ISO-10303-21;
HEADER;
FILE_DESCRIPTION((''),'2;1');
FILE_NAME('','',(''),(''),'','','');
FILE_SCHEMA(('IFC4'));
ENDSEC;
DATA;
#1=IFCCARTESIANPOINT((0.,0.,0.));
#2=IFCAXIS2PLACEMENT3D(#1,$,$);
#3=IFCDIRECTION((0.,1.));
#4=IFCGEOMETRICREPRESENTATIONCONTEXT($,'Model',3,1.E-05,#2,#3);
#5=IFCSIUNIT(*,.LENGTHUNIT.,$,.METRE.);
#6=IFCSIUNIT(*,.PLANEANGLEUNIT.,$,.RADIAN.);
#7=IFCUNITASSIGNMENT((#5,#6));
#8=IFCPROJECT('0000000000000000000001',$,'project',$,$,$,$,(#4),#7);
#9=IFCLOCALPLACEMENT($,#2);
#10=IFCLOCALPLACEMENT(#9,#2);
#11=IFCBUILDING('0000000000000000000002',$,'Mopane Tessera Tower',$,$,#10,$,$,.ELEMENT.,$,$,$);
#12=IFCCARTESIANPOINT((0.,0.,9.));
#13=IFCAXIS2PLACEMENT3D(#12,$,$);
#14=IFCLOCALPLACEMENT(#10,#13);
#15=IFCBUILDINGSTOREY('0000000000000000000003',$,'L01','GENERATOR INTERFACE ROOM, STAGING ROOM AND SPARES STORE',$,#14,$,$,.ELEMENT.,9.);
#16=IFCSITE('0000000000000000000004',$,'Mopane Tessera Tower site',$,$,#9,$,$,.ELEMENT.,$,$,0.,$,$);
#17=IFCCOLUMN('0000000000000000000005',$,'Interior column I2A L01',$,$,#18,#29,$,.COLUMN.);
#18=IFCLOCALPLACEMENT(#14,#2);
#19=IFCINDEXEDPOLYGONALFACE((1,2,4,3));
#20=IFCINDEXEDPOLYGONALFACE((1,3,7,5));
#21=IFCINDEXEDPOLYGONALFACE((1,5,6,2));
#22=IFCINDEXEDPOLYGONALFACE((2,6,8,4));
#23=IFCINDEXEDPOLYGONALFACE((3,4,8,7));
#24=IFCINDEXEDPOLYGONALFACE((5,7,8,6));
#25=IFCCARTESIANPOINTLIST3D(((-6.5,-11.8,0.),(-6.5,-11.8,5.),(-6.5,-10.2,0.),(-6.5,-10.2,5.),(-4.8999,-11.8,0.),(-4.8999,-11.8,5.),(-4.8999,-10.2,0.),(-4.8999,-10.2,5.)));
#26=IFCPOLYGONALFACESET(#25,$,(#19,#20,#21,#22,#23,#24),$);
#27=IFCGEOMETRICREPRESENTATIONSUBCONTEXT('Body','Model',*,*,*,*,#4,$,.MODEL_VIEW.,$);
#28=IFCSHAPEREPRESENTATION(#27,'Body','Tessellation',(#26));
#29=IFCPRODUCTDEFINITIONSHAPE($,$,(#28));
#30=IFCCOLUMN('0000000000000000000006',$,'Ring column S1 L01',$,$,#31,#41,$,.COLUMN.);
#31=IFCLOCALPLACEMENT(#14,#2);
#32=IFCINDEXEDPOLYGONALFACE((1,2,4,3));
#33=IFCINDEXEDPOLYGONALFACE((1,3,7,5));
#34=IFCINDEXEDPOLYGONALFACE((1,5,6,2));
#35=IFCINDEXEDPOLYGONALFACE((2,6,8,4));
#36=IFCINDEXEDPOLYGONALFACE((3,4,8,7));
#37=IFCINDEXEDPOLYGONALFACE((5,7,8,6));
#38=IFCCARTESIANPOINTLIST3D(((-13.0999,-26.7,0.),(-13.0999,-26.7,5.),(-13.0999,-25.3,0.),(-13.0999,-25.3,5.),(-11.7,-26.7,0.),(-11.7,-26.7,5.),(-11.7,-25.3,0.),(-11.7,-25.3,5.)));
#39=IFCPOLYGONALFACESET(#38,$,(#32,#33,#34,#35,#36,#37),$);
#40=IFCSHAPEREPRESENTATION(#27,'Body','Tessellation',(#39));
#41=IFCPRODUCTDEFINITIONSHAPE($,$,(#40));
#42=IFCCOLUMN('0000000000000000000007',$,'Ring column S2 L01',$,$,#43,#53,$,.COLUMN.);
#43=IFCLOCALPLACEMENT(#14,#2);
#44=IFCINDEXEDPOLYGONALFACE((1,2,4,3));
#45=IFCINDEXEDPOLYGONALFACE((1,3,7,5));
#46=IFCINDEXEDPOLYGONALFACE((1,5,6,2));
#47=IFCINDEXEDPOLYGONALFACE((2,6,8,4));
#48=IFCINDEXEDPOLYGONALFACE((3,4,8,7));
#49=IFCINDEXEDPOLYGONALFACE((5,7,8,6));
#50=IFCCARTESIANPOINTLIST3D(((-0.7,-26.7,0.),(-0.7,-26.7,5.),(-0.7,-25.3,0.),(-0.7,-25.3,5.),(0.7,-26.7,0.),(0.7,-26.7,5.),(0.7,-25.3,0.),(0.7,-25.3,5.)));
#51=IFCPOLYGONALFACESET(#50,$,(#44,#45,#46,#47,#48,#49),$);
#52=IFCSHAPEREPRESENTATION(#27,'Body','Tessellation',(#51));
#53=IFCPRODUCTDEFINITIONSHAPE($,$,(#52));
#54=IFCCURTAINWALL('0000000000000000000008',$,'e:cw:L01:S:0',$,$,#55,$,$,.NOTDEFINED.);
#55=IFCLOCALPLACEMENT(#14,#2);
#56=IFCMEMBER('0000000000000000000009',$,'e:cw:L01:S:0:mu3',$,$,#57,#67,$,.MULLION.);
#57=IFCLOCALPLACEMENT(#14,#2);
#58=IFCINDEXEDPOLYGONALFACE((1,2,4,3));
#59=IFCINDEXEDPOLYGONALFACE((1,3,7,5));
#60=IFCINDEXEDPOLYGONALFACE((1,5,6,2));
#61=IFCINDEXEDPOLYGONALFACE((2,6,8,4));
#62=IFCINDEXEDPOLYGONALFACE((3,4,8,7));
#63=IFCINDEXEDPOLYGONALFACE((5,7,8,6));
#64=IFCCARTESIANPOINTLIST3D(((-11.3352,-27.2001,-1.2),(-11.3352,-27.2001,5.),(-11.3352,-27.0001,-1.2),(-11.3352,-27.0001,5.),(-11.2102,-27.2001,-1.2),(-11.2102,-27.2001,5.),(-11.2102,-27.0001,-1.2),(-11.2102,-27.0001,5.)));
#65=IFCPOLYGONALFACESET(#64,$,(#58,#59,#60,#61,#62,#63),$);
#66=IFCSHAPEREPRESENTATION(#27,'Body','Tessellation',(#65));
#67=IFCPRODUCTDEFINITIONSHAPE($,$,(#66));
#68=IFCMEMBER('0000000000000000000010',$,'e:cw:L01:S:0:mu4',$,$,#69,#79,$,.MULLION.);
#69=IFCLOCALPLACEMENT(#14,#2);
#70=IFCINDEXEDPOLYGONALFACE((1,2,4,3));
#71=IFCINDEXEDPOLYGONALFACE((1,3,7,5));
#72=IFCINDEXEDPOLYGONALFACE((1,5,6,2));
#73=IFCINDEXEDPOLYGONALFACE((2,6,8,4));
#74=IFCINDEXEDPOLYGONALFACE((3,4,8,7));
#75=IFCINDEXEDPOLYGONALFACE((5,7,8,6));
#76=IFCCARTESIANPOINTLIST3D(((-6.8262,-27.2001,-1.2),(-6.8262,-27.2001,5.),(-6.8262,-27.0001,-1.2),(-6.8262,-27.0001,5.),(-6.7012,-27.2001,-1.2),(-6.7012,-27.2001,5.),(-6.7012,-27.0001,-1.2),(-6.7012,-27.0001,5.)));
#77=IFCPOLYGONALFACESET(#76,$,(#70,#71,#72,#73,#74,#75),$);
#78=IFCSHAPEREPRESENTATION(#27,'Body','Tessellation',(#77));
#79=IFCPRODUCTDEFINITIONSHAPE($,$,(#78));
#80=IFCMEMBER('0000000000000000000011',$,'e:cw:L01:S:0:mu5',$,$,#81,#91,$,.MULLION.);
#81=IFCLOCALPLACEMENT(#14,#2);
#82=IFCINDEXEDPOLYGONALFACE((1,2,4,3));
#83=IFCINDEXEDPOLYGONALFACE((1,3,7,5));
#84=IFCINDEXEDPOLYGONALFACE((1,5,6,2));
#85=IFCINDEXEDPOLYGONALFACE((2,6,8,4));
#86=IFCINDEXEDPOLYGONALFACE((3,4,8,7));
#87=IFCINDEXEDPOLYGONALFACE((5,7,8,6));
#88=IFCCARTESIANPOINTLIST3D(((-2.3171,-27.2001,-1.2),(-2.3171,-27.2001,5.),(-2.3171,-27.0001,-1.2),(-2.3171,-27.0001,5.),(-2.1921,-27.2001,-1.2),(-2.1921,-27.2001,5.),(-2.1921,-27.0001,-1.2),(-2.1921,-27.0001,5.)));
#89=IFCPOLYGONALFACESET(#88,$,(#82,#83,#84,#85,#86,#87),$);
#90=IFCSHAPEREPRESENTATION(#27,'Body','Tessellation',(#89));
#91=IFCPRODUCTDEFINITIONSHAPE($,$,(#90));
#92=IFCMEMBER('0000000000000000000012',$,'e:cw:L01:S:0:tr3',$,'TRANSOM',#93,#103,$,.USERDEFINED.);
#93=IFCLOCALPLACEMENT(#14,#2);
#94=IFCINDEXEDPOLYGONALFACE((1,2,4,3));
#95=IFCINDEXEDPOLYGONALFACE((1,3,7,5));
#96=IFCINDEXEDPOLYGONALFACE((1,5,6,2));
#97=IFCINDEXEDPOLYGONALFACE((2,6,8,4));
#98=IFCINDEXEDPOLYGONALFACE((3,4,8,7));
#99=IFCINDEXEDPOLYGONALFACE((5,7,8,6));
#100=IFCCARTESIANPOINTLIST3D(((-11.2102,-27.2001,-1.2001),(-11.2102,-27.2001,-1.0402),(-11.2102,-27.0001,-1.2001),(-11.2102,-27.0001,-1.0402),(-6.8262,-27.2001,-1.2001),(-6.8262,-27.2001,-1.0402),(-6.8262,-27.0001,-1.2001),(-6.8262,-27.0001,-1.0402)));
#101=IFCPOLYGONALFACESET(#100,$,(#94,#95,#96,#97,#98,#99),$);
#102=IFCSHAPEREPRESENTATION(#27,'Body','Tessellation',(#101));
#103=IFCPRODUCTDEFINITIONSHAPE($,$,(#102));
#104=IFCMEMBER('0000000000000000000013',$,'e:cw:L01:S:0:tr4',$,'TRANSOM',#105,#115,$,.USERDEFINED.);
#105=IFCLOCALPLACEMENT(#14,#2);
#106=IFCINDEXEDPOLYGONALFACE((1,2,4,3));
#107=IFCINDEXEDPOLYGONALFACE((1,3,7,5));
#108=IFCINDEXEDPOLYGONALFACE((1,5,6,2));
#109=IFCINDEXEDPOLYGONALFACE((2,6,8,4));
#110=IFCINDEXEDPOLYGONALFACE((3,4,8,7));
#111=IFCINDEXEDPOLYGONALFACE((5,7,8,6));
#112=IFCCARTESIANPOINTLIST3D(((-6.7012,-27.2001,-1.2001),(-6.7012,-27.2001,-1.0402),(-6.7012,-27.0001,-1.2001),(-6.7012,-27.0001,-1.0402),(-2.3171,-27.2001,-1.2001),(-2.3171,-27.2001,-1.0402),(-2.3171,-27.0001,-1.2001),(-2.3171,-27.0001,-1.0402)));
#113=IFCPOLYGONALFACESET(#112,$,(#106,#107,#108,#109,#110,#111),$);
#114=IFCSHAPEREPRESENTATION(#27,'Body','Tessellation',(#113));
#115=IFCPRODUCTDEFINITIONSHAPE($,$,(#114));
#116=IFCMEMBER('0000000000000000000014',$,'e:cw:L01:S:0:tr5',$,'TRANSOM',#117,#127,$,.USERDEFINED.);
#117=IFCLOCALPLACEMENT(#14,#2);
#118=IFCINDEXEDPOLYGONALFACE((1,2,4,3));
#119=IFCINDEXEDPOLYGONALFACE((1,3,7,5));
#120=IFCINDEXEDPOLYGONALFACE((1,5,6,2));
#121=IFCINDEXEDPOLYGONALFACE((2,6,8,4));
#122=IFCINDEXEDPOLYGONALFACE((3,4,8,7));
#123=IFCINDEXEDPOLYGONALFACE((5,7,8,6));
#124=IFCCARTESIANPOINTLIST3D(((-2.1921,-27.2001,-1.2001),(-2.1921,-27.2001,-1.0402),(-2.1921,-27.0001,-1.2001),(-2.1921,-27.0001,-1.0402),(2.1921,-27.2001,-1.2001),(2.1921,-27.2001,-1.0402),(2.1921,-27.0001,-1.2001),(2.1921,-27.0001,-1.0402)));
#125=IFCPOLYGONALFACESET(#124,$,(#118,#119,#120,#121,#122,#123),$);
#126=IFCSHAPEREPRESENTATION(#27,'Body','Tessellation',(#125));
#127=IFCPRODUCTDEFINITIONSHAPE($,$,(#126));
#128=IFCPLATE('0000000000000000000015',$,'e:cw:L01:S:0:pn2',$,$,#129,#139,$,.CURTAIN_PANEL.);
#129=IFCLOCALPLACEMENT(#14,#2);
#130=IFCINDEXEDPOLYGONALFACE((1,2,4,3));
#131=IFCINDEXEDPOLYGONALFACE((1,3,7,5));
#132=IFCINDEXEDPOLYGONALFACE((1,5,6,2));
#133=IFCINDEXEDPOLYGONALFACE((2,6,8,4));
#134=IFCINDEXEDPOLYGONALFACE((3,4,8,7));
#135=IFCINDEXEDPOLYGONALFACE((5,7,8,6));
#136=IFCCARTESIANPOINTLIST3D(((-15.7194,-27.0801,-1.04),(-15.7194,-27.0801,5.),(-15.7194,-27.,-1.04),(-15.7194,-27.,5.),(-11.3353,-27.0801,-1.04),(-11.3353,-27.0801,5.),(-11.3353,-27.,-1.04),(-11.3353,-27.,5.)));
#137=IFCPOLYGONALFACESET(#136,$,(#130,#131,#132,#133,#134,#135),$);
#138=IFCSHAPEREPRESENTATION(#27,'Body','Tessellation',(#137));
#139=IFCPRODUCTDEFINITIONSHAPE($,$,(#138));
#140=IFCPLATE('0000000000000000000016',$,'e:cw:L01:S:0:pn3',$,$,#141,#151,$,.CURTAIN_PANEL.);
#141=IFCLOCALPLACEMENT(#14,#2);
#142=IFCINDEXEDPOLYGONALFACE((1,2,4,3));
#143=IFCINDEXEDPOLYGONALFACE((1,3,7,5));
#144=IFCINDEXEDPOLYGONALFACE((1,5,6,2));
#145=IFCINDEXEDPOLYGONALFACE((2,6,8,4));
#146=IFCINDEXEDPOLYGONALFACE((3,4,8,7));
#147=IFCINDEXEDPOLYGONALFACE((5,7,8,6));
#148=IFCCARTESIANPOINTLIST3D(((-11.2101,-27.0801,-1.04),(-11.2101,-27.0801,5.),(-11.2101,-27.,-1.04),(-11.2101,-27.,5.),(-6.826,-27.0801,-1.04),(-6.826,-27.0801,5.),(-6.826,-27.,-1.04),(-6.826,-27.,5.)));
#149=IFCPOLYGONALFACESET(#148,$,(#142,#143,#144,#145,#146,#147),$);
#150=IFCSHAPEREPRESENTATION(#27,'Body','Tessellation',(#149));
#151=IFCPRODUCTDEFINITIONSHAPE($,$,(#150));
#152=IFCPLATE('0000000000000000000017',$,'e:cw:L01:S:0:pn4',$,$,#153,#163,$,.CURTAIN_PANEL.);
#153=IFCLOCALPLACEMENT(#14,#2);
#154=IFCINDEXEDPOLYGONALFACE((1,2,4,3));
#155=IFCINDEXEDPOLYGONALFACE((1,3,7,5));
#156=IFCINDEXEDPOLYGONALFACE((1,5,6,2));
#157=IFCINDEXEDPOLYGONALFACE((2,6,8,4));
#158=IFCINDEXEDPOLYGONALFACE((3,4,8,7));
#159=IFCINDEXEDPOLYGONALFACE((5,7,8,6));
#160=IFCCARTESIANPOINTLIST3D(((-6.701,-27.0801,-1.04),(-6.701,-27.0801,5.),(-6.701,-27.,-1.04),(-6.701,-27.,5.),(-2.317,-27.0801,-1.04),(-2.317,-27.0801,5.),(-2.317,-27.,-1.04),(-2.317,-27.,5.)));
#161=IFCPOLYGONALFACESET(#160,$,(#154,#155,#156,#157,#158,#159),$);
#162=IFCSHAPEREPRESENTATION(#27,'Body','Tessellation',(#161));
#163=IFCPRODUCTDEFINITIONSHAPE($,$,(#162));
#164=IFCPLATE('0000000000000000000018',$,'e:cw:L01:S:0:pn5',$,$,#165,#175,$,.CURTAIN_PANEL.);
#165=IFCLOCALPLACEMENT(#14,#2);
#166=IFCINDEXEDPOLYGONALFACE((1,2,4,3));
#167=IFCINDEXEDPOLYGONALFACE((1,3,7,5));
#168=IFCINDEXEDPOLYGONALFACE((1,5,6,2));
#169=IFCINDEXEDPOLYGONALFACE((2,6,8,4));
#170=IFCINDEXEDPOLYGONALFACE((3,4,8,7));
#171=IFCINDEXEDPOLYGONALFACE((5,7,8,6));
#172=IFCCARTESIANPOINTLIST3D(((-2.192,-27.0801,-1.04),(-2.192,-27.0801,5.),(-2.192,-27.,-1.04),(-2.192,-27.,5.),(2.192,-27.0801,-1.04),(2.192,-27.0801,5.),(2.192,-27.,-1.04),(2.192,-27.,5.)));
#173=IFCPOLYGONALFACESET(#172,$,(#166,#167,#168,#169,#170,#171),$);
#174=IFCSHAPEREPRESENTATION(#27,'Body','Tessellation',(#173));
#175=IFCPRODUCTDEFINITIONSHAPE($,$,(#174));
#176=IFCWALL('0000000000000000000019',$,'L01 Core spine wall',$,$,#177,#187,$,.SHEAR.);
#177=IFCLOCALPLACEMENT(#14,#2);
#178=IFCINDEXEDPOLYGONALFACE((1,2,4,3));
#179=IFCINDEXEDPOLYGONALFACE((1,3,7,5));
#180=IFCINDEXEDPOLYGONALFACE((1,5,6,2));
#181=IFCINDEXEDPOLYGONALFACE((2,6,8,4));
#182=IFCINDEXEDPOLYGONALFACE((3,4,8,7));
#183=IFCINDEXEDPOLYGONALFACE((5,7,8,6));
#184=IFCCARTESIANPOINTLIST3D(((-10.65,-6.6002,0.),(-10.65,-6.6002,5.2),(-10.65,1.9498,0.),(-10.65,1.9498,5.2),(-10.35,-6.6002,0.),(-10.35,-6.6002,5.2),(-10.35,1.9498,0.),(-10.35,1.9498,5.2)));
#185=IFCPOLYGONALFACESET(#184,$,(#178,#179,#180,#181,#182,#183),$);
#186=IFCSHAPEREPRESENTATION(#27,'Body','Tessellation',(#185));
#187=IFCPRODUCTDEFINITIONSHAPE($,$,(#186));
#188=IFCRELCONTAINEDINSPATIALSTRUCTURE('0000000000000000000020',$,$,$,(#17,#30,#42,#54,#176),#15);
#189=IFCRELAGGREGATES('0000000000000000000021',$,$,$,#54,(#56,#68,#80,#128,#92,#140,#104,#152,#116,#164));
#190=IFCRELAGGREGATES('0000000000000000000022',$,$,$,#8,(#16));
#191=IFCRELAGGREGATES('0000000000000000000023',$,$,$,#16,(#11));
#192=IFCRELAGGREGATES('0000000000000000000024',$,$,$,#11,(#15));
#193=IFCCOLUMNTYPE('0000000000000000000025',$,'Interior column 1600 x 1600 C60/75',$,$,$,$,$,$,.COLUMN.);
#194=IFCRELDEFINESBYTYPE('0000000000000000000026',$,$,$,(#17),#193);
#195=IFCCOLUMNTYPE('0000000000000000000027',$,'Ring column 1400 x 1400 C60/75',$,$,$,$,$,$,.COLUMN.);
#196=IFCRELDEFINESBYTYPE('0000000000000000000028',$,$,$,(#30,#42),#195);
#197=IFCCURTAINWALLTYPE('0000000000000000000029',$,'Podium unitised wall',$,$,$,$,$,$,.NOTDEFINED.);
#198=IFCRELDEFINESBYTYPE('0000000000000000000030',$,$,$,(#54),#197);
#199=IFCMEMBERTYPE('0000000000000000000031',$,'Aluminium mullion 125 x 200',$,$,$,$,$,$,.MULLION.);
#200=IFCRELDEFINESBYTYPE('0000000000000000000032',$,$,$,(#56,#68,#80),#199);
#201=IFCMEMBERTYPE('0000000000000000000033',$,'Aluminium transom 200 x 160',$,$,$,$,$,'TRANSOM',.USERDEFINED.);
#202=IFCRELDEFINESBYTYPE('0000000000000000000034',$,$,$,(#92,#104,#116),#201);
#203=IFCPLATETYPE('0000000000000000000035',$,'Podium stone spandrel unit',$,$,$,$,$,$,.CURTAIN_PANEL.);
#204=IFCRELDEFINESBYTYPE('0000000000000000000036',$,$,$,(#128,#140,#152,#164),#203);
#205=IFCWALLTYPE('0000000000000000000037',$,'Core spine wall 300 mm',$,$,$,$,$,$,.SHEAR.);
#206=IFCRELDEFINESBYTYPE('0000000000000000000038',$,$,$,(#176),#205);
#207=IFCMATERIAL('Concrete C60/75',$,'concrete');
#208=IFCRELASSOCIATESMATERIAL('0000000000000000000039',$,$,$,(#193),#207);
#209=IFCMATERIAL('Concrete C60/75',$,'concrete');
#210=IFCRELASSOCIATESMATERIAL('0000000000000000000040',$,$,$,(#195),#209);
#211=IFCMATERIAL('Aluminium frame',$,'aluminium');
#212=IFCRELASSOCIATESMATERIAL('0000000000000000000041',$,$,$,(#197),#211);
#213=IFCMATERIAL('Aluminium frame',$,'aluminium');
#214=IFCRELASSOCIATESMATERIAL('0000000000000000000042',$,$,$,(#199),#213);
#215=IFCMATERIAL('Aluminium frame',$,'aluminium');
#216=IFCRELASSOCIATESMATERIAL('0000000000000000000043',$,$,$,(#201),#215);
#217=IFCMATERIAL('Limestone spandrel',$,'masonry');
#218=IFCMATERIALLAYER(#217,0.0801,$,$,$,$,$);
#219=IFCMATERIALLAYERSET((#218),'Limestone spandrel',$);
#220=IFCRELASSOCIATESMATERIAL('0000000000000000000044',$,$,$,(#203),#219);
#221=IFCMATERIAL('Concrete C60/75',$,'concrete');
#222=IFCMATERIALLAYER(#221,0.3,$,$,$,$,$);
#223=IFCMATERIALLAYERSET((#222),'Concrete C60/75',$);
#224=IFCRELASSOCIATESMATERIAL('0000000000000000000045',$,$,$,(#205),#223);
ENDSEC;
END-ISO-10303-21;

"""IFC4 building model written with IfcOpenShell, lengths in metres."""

from ifc_helpers import new_model, si_unit, direction, frame, frame_2d, origin, origin_2d, place, context, subcontext, project, spatial, rectangle, extrude, material, layer, layer_set, material_profile, profile_set, type_object, element, aggregate, save


model = new_model("IFC4")

# Units and contexts
model_context = context("Model", 3, precision=1e-05, world=origin(), true_north=direction((0.0, 1.0)))
body_context = subcontext(model_context, "Body", "Model", "MODEL_VIEW")
ifc_project = project(units=[si_unit("LENGTHUNIT", "METRE"), si_unit("PLANEANGLEUNIT", "RADIAN")], contexts=[model_context])

# Site, building, storey
site_placement = place(None, origin())
site = spatial("IfcSite", under=ifc_project, at=site_placement, Name="Mopane Tessera Tower site", CompositionType="ELEMENT", RefElevation=0.0)
building_placement = place(site_placement, origin())
building = spatial("IfcBuilding", under=site, at=building_placement, Name="Mopane Tessera Tower", CompositionType="ELEMENT")
storey_placement = place(building_placement, frame((0.0, 0.0, 9.0)))
storey = spatial("IfcBuildingStorey", under=building, at=storey_placement, Name="L01", Description="GENERATOR INTERFACE ROOM, STAGING ROOM AND SPARES STORE", CompositionType="ELEMENT", Elevation=9.0)

# Columns
ifc_material_1 = material(Name="Concrete C60/75", Category="concrete")
ifc_material_profile_1 = material_profile(ifc_material_1, rectangle(XDim=1.6001, YDim=1.6001, at=origin_2d()))
ifc_profile_set_1 = profile_set([ifc_material_profile_1], Name="Concrete C60/75")
column_type_1 = type_object("IfcColumnType", Name="Interior column 1600 x 1600 C60/75", PredefinedType="COLUMN", material=ifc_profile_set_1)
column_placement = place(storey_placement, frame((-5.7, -11.0, 0.0), z_axis=(0.0, 0.0, 1.0), x_axis=(1.0, 0.0, 0.0)))
element("IfcColumn", 1, at=column_placement, inside=storey, type_object=column_type_1, Name="Interior column I2A L01", PredefinedType="COLUMN", context=body_context, shape_type="SweptSolid", body=[
    extrude(rectangle(XDim=1.6001, YDim=1.6001, at=origin_2d()), origin(), (0.0, 0.0, 1.0), 5.0),
])
ifc_material_2 = material(Name="Concrete C60/75", Category="concrete")
ifc_material_profile_2 = material_profile(ifc_material_2, rectangle(XDim=1.3999, YDim=1.3999, at=origin_2d()))
ifc_profile_set_2 = profile_set([ifc_material_profile_2], Name="Concrete C60/75")
column_type_2 = type_object("IfcColumnType", Name="Ring column 1400 x 1400 C60/75", PredefinedType="COLUMN", material=ifc_profile_set_2)
for number, where, z_axis, x_axis, name in (
    (2, (-12.3999, -26.0, 0.0), (0.0, 0.0, 1.0), (1.0, 0.0, 0.0), "Ring column S1 L01"),
    (3, (0.0, -26.0, 0.0), (0.0, 0.0, 1.0), (1.0, 0.0, 0.0), "Ring column S2 L01"),
):
    element("IfcColumn", number, at=place(storey_placement, frame(where, z_axis=z_axis, x_axis=x_axis)), inside=storey, type_object=column_type_2, Name=name, PredefinedType="COLUMN", context=body_context, shape_type="SweptSolid", body=[
        extrude(rectangle(XDim=1.3999, YDim=1.3999, at=origin_2d()), origin(), (0.0, 0.0, 1.0), 5.0),
    ])

# Curtain wall, members, plates
ifc_material_3 = material(Name="Aluminium frame", Category="aluminium")
curtain_wall_type = type_object("IfcCurtainWallType", Name="Podium unitised wall", PredefinedType="NOTDEFINED", material=ifc_material_3)
curtain_wall_placement = place(storey_placement, origin())
curtain_wall = element("IfcCurtainWall", 4, at=curtain_wall_placement, inside=storey, type_object=curtain_wall_type, Name="e:cw:L01:S:0", PredefinedType="NOTDEFINED")
ifc_material_4 = material(Name="Aluminium frame", Category="aluminium")
ifc_material_profile_3 = material_profile(ifc_material_4, rectangle(XDim=0.125, YDim=0.2, at=origin_2d()))
ifc_profile_set_3 = profile_set([ifc_material_profile_3], Name="Aluminium frame")
member_type_1 = type_object("IfcMemberType", Name="Aluminium mullion 125 x 200", PredefinedType="MULLION", material=ifc_profile_set_3)
member_1_placement = place(storey_placement, frame((-11.2727, -27.1001, -1.2), z_axis=(0.0, 0.0, 1.0), x_axis=(1.0, 0.0, 0.0)))
member_1 = element("IfcMember", 5, at=member_1_placement, type_object=member_type_1, Name="e:cw:L01:S:0:mu3", PredefinedType="MULLION", context=body_context, shape_type="SweptSolid", body=[
    extrude(rectangle(XDim=0.125, YDim=0.2, at=origin_2d()), origin(), (0.0, 0.0, 1.0), 6.2),
])
member_2_placement = place(storey_placement, frame((-6.7637, -27.1001, -1.2), z_axis=(0.0, 0.0, 1.0), x_axis=(1.0, 0.0, 0.0)))
member_2 = element("IfcMember", 6, at=member_2_placement, type_object=member_type_1, Name="e:cw:L01:S:0:mu4", PredefinedType="MULLION", context=body_context, shape_type="SweptSolid", body=[
    extrude(rectangle(XDim=0.125, YDim=0.2, at=origin_2d()), origin(), (0.0, 0.0, 1.0), 6.2),
])
member_3_placement = place(storey_placement, frame((-2.2546, -27.1001, -1.2), z_axis=(0.0, 0.0, 1.0), x_axis=(1.0, 0.0, 0.0)))
member_3 = element("IfcMember", 7, at=member_3_placement, type_object=member_type_1, Name="e:cw:L01:S:0:mu5", PredefinedType="MULLION", context=body_context, shape_type="SweptSolid", body=[
    extrude(rectangle(XDim=0.125, YDim=0.2, at=origin_2d()), origin(), (0.0, 0.0, 1.0), 6.2),
])
ifc_material_5 = material(Name="Aluminium frame", Category="aluminium")
ifc_material_profile_4 = material_profile(ifc_material_5, rectangle(XDim=0.2, YDim=0.1599, at=origin_2d()))
ifc_profile_set_4 = profile_set([ifc_material_profile_4], Name="Aluminium frame")
member_type_2 = type_object("IfcMemberType", Name="Aluminium transom 200 x 160", ElementType="TRANSOM", PredefinedType="USERDEFINED", material=ifc_profile_set_4)
member_4_placement = place(storey_placement, frame((-11.2102, -27.1001, -1.1201), z_axis=(1.0, 0.0, 0.0), x_axis=(0.0, 1.0, 0.0)))
member_4 = element("IfcMember", 8, at=member_4_placement, type_object=member_type_2, Name="e:cw:L01:S:0:tr3", ObjectType="TRANSOM", PredefinedType="USERDEFINED", context=body_context, shape_type="SweptSolid", body=[
    extrude(rectangle(XDim=0.2, YDim=0.1599, at=origin_2d()), origin(), (0.0, 0.0, 1.0), 4.384),
])
member_5_placement = place(storey_placement, frame((-6.7012, -27.1001, -1.1201), z_axis=(1.0, 0.0, 0.0), x_axis=(0.0, 1.0, 0.0)))
member_5 = element("IfcMember", 9, at=member_5_placement, type_object=member_type_2, Name="e:cw:L01:S:0:tr4", ObjectType="TRANSOM", PredefinedType="USERDEFINED", context=body_context, shape_type="SweptSolid", body=[
    extrude(rectangle(XDim=0.2, YDim=0.1599, at=origin_2d()), origin(), (0.0, 0.0, 1.0), 4.384),
])
member_6_placement = place(storey_placement, frame((-2.1921, -27.1001, -1.1201), z_axis=(1.0, 0.0, 0.0), x_axis=(0.0, 1.0, 0.0)))
member_6 = element("IfcMember", 10, at=member_6_placement, type_object=member_type_2, Name="e:cw:L01:S:0:tr5", ObjectType="TRANSOM", PredefinedType="USERDEFINED", context=body_context, shape_type="SweptSolid", body=[
    extrude(rectangle(XDim=0.2, YDim=0.1599, at=origin_2d()), origin(), (0.0, 0.0, 1.0), 4.3843),
])
ifc_material_6 = material(Name="Limestone spandrel", Category="masonry")
ifc_layer_1 = layer(ifc_material_6, 0.0801)
ifc_layer_set_1 = layer_set([ifc_layer_1], Name="Limestone spandrel")
plate_type = type_object("IfcPlateType", Name="Podium stone spandrel unit", PredefinedType="CURTAIN_PANEL", material=ifc_layer_set_1)
plate_1_placement = place(storey_placement, frame((-13.5273, -27.04, -1.04), z_axis=(0.0, 0.0, 1.0), x_axis=(1.0, 0.0, 0.0)))
plate_1 = element("IfcPlate", 11, at=plate_1_placement, type_object=plate_type, Name="e:cw:L01:S:0:pn2", PredefinedType="CURTAIN_PANEL", context=body_context, shape_type="SweptSolid", body=[
    extrude(rectangle(XDim=4.384, YDim=0.0801, at=origin_2d()), origin(), (0.0, 0.0, 1.0), 6.04),
])
plate_2_placement = place(storey_placement, frame((-9.0181, -27.04, -1.04), z_axis=(0.0, 0.0, 1.0), x_axis=(1.0, 0.0, 0.0)))
plate_2 = element("IfcPlate", 12, at=plate_2_placement, type_object=plate_type, Name="e:cw:L01:S:0:pn3", PredefinedType="CURTAIN_PANEL", context=body_context, shape_type="SweptSolid", body=[
    extrude(rectangle(XDim=4.384, YDim=0.0801, at=origin_2d()), origin(), (0.0, 0.0, 1.0), 6.04),
])
plate_3_placement = place(storey_placement, frame((-4.509, -27.04, -1.04), z_axis=(0.0, 0.0, 1.0), x_axis=(1.0, 0.0, 0.0)))
plate_3 = element("IfcPlate", 13, at=plate_3_placement, type_object=plate_type, Name="e:cw:L01:S:0:pn4", PredefinedType="CURTAIN_PANEL", context=body_context, shape_type="SweptSolid", body=[
    extrude(rectangle(XDim=4.384, YDim=0.0801, at=origin_2d()), origin(), (0.0, 0.0, 1.0), 6.04),
])
plate_4_placement = place(storey_placement, frame((0.0, -27.04, -1.04), z_axis=(0.0, 0.0, 1.0), x_axis=(1.0, 0.0, 0.0)))
plate_4 = element("IfcPlate", 14, at=plate_4_placement, type_object=plate_type, Name="e:cw:L01:S:0:pn5", PredefinedType="CURTAIN_PANEL", context=body_context, shape_type="SweptSolid", body=[
    extrude(rectangle(XDim=4.384, YDim=0.0801, at=origin_2d()), origin(), (0.0, 0.0, 1.0), 6.04),
])
aggregate(curtain_wall, [member_1, member_2, member_3, plate_1, member_4, plate_2, member_5, plate_3, member_6, plate_4])

# Wall
ifc_material_7 = material(Name="Concrete C60/75", Category="concrete")
ifc_layer_2 = layer(ifc_material_7, 0.3)
ifc_layer_set_2 = layer_set([ifc_layer_2], Name="Concrete C60/75")
wall_type_1 = type_object("IfcWallType", Name="Core spine wall 300 mm", PredefinedType="SHEAR", material=ifc_layer_set_2)
wall_1_placement = place(storey_placement, frame((-10.5, -6.6001, 0.0), z_axis=(0.0, 0.0, 1.0), x_axis=(0.0, 1.0, 0.0)))
element("IfcWall", 15, at=wall_1_placement, inside=storey, type_object=wall_type_1, Name="L01 Core spine wall", PredefinedType="SHEAR", context=body_context, shape_type="SweptSolid", body=[
    extrude(rectangle(XDim=8.55, YDim=0.3, at=frame_2d((4.2749, 0.0))), origin(), (0.0, 0.0, 1.0), 5.2),
])

save(model, "model.ifc")
